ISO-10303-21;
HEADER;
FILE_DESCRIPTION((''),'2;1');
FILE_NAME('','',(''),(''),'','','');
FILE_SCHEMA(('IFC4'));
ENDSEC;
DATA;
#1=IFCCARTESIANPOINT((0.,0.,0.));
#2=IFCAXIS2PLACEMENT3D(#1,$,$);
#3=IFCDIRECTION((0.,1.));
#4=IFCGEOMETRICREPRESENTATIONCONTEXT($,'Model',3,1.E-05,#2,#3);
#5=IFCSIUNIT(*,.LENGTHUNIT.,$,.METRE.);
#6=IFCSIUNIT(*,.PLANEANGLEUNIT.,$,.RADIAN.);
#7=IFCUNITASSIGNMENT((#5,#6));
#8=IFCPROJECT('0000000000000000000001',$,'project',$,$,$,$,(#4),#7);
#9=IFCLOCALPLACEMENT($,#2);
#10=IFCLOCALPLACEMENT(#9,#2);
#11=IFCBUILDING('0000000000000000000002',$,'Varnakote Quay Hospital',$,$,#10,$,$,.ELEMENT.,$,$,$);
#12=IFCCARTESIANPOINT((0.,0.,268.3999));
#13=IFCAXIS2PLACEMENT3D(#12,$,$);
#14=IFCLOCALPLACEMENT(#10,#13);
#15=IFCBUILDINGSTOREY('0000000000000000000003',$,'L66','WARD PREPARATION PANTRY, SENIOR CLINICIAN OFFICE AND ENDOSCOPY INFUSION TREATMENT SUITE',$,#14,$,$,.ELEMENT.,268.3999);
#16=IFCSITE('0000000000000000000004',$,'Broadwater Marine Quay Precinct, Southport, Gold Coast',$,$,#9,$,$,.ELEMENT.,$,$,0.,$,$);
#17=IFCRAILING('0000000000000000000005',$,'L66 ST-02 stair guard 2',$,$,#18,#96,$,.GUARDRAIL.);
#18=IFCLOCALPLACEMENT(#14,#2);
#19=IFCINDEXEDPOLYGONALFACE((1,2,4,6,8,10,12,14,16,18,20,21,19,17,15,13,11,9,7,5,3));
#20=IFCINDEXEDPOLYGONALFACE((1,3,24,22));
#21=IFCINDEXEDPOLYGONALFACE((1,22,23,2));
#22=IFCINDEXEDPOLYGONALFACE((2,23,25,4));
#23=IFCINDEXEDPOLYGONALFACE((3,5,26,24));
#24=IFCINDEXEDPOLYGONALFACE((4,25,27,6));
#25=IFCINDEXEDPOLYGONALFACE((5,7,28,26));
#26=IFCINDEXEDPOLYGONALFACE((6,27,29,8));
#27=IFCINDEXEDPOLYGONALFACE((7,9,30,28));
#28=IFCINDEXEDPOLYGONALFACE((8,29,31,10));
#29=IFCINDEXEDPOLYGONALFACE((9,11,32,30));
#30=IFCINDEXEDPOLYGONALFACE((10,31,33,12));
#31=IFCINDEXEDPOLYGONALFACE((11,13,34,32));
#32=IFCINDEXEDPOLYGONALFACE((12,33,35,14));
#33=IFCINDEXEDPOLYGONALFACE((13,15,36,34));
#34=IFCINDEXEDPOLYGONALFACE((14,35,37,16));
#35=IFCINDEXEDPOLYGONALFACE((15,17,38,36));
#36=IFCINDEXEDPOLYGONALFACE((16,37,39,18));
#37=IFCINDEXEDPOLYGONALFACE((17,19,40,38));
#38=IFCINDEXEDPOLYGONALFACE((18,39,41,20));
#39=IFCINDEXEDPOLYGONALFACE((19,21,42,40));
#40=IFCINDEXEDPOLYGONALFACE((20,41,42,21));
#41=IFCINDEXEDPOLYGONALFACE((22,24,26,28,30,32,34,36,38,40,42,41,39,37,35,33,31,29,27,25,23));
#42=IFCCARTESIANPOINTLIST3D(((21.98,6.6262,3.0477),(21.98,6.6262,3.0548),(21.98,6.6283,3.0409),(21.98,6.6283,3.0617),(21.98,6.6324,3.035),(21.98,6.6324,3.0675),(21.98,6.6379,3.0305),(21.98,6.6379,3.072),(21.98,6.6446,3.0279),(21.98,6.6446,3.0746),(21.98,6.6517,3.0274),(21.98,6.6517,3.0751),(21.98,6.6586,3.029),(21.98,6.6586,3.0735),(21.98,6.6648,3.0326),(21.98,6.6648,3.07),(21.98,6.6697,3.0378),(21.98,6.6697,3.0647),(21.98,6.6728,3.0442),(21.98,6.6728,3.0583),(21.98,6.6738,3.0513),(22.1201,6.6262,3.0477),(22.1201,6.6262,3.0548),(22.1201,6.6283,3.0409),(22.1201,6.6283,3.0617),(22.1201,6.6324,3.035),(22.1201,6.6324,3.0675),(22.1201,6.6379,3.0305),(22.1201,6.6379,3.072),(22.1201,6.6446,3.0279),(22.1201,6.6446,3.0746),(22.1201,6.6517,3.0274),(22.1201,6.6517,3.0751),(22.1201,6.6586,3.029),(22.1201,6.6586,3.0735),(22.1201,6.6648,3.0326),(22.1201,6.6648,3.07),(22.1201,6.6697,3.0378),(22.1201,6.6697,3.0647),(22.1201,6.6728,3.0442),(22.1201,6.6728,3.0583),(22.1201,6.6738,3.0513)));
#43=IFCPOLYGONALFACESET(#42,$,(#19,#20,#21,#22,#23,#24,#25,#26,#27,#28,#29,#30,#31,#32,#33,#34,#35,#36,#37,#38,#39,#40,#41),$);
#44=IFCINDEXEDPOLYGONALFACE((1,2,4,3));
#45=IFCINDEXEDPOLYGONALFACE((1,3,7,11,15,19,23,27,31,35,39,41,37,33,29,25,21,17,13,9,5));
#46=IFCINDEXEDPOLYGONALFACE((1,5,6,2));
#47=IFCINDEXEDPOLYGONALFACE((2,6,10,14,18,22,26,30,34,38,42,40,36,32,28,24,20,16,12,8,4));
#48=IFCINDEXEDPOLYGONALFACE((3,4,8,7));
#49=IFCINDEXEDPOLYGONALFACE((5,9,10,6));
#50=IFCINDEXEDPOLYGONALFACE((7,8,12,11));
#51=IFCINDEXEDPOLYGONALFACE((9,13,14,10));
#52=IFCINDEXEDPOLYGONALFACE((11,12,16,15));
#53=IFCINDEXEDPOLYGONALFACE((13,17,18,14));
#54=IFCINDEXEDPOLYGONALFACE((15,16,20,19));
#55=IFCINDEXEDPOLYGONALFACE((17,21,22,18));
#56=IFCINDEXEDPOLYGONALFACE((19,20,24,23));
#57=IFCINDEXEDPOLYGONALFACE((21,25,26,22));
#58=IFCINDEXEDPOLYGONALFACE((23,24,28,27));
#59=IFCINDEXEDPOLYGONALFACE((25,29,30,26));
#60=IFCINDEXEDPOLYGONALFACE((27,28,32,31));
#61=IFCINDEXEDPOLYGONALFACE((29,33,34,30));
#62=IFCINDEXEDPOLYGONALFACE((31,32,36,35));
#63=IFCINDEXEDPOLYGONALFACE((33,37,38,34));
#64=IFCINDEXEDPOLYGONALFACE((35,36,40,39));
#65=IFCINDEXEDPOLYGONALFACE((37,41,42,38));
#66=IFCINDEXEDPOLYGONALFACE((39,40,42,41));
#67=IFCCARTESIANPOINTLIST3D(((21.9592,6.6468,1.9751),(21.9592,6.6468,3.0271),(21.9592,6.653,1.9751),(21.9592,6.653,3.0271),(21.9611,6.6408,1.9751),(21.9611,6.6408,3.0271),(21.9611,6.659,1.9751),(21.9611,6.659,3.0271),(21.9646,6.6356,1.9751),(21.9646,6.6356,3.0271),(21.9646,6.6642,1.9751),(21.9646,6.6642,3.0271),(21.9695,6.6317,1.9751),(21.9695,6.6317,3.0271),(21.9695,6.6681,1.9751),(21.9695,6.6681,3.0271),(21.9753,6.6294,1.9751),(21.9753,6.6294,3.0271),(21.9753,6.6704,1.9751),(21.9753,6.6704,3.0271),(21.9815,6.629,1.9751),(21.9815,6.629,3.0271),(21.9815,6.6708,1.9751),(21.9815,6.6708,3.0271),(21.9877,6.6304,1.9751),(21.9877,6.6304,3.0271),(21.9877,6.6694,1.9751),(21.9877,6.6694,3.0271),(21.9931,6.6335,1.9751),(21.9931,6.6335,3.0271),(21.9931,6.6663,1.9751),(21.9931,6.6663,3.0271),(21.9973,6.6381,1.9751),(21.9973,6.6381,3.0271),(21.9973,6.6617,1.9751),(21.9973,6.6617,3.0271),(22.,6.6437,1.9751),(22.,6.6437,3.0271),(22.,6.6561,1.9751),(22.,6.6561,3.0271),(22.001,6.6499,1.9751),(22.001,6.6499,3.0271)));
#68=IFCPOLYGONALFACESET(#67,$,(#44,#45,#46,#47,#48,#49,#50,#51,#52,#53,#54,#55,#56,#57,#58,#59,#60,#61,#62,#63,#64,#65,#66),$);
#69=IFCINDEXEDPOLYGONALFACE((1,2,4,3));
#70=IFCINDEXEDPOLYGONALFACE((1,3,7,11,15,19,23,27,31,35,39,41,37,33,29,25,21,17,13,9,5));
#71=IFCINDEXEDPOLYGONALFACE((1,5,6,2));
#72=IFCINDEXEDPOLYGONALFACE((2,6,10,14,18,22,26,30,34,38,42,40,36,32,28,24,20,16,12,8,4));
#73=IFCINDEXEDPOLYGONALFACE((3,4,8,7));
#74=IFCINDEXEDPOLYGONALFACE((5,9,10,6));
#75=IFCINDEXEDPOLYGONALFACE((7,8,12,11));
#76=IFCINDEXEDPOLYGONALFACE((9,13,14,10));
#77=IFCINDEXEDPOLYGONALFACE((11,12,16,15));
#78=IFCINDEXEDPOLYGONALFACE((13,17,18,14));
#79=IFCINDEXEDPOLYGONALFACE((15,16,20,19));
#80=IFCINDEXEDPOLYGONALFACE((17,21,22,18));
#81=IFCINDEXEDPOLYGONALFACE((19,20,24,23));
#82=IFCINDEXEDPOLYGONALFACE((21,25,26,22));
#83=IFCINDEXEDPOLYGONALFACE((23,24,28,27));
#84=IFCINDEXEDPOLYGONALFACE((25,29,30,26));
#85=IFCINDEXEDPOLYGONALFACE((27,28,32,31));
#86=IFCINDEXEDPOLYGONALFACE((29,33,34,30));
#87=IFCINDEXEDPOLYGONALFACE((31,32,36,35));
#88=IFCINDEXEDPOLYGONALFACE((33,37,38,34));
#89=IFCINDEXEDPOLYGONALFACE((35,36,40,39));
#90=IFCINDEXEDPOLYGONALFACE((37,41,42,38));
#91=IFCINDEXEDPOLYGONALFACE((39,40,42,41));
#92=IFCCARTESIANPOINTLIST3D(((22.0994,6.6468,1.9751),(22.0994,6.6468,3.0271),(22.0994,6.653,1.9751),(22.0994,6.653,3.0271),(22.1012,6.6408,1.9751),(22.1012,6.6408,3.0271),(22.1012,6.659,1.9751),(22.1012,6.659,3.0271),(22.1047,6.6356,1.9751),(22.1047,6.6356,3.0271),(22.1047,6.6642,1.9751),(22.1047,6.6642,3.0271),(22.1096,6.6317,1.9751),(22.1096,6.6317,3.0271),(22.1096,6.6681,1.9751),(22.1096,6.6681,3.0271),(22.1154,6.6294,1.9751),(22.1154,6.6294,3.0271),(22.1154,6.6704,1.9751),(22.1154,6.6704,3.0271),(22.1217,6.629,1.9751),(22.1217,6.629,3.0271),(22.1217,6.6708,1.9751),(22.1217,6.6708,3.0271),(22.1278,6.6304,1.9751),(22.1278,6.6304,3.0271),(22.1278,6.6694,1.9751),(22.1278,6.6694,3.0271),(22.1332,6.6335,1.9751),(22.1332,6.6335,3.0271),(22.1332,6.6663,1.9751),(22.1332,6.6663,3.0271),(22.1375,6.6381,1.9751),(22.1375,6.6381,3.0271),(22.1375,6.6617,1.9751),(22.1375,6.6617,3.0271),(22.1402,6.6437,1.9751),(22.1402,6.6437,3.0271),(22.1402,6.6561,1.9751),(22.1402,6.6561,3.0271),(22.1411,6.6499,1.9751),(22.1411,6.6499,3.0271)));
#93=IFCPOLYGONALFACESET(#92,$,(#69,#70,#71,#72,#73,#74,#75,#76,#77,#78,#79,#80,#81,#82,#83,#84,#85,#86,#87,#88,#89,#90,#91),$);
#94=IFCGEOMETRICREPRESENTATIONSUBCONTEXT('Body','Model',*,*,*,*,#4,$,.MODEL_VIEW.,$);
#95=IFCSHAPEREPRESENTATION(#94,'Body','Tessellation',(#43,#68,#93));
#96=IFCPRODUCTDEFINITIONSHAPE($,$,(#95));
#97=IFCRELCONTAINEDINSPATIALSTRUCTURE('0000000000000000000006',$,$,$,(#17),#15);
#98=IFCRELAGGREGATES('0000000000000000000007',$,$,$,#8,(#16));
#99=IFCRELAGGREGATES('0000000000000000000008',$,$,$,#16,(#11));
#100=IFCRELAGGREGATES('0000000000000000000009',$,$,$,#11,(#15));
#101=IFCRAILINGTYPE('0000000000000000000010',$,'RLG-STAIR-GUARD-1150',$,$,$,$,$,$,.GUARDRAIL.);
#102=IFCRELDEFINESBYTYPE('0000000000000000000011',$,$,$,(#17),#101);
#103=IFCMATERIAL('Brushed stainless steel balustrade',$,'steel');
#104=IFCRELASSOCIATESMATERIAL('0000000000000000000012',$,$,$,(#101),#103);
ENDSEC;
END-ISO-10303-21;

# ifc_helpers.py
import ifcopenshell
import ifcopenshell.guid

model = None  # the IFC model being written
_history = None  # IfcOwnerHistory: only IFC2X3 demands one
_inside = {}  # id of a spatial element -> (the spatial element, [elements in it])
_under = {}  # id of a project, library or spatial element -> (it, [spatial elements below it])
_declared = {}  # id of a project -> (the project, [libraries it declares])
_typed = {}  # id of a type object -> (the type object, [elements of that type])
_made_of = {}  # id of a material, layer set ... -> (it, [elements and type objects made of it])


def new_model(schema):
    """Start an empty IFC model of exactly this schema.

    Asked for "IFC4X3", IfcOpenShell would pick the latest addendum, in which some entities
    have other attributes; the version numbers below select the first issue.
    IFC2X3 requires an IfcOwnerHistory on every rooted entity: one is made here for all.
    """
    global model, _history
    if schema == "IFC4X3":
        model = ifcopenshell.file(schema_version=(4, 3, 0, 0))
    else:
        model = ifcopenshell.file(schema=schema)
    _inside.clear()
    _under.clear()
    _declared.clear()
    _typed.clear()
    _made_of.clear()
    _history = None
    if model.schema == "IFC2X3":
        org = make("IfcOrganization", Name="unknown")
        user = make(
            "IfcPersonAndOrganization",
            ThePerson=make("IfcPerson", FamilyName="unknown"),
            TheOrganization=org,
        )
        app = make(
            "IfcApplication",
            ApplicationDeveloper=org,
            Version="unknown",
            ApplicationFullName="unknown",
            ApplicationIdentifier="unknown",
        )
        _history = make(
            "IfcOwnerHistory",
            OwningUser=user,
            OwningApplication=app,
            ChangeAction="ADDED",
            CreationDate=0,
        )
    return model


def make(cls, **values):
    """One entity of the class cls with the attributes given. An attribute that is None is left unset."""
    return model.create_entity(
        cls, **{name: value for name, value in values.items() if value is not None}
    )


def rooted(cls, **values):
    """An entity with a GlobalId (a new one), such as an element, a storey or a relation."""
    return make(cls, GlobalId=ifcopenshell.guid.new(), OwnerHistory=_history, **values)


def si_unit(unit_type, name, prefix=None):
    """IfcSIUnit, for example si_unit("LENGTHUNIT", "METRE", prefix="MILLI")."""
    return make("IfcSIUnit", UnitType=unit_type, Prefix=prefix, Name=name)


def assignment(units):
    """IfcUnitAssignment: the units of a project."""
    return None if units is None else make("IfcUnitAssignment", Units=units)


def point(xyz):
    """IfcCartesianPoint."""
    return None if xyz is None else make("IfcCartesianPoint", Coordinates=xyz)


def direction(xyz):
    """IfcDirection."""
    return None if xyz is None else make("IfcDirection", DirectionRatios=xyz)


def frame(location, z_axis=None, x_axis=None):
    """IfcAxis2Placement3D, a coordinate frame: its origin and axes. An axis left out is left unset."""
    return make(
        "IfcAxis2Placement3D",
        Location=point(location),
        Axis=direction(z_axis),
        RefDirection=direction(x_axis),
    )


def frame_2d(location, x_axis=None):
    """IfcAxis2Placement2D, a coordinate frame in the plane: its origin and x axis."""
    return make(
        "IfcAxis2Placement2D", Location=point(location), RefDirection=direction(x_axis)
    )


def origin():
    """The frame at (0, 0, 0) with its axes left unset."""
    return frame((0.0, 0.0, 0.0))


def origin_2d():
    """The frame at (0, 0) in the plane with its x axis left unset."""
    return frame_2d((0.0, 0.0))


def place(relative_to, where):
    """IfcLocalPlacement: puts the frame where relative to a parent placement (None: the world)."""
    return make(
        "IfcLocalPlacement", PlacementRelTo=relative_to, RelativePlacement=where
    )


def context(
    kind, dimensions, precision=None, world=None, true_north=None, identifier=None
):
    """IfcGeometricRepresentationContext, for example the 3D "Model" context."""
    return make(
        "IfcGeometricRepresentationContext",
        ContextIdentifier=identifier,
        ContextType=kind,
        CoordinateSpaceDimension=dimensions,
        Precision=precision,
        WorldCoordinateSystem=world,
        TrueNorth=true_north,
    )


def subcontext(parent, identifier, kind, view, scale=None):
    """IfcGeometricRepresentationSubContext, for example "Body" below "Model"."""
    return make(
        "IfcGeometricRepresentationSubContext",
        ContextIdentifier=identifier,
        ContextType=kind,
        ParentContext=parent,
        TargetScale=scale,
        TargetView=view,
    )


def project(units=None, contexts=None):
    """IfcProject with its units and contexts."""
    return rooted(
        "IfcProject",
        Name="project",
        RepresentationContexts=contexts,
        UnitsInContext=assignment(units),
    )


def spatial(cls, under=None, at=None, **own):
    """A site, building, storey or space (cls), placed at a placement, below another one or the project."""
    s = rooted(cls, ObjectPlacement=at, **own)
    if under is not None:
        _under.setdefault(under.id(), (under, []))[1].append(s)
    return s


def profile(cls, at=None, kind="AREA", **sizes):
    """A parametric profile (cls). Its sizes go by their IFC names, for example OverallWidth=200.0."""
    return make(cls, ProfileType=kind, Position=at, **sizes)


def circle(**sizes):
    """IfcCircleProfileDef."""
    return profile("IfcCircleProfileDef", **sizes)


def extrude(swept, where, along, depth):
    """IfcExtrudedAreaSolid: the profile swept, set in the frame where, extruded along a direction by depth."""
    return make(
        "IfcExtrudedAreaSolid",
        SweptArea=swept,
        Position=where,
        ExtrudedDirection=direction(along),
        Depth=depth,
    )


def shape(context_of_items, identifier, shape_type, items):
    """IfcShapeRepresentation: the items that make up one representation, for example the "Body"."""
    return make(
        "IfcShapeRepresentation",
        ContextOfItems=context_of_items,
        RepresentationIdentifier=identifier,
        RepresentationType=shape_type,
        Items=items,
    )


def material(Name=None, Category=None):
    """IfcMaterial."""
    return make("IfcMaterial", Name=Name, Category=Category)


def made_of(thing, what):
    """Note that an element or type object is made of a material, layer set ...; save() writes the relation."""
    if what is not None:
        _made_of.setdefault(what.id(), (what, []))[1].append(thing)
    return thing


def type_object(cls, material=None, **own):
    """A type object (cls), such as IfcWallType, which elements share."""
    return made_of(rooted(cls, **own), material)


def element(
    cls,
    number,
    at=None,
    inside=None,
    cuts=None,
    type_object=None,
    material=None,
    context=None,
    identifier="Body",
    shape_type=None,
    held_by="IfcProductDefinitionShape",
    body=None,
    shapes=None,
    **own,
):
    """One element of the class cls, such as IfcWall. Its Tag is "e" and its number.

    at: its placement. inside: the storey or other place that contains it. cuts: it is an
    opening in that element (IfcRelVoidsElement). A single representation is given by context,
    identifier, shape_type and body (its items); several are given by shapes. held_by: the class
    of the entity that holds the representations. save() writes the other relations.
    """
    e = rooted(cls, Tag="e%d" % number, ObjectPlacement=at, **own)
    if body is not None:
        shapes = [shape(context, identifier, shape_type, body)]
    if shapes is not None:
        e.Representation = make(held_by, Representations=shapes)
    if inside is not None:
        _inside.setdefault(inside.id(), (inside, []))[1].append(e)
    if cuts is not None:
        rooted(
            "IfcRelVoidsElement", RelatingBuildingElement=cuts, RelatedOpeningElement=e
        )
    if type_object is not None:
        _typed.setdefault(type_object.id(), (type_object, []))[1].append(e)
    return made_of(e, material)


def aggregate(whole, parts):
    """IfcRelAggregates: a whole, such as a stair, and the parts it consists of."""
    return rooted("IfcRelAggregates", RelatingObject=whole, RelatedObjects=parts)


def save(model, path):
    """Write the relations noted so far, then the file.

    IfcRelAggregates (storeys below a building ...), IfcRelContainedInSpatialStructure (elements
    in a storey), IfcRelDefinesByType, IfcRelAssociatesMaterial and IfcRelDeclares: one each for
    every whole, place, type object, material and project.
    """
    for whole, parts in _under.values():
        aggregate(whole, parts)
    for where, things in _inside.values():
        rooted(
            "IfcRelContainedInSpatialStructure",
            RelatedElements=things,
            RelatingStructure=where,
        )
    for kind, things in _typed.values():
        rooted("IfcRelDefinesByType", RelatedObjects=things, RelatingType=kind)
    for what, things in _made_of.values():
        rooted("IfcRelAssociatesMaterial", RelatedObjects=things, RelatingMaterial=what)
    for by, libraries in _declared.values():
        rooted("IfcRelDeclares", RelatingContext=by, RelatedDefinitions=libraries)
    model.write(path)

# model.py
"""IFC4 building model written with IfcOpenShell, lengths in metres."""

from ifc_helpers import new_model, si_unit, direction, frame, origin, origin_2d, place, context, subcontext, project, spatial, circle, extrude, material, type_object, element, save


model = new_model("IFC4")

# Units and contexts
model_context = context("Model", 3, precision=1e-05, world=origin(), true_north=direction((0.0, 1.0)))
body_context = subcontext(model_context, "Body", "Model", "MODEL_VIEW")
ifc_project = project(units=[si_unit("LENGTHUNIT", "METRE"), si_unit("PLANEANGLEUNIT", "RADIAN")], contexts=[model_context])

# Site, building, storey
site_placement = place(None, origin())
site = spatial("IfcSite", under=ifc_project, at=site_placement, Name="Broadwater Marine Quay Precinct, Southport, Gold Coast", CompositionType="ELEMENT", RefElevation=0.0)
building_placement = place(site_placement, origin())
building = spatial("IfcBuilding", under=site, at=building_placement, Name="Varnakote Quay Hospital", CompositionType="ELEMENT")
storey_placement = place(building_placement, frame((0.0, 0.0, 268.3999)))
storey = spatial("IfcBuildingStorey", under=building, at=storey_placement, Name="L66", Description="WARD PREPARATION PANTRY, SENIOR CLINICIAN OFFICE AND ENDOSCOPY INFUSION TREATMENT SUITE", CompositionType="ELEMENT", Elevation=268.3999)

# Railing
ifc_material_1 = material(Name="Brushed stainless steel balustrade", Category="steel")
railing_type_1 = type_object("IfcRailingType", Name="RLG-STAIR-GUARD-1150", PredefinedType="GUARDRAIL", material=ifc_material_1)
railing_1_placement = place(storey_placement, frame((21.98, 6.6499, 1.9751)))
element("IfcRailing", 1, at=railing_1_placement, inside=storey, type_object=railing_type_1, Name="L66 ST-02 stair guard 2", PredefinedType="GUARDRAIL", context=body_context, shape_type="SweptSolid", body=[
    extrude(circle(Radius=0.0239, at=origin_2d()), frame((0.0, 0.0, 1.0762), z_axis=(1.0, 0.0, 0.0), x_axis=(0.0, 1.0, 0.0)), (0.0, 0.0, 1.0), 0.1401),
    extrude(circle(Radius=0.021, at=origin_2d()), origin(), (0.0, 0.0, 1.0), 1.052),
    extrude(circle(Radius=0.021, at=origin_2d()), frame((0.1401, 0.0, 0.0)), (0.0, 0.0, 1.0), 1.052),
])

save(model, "model.ifc")
